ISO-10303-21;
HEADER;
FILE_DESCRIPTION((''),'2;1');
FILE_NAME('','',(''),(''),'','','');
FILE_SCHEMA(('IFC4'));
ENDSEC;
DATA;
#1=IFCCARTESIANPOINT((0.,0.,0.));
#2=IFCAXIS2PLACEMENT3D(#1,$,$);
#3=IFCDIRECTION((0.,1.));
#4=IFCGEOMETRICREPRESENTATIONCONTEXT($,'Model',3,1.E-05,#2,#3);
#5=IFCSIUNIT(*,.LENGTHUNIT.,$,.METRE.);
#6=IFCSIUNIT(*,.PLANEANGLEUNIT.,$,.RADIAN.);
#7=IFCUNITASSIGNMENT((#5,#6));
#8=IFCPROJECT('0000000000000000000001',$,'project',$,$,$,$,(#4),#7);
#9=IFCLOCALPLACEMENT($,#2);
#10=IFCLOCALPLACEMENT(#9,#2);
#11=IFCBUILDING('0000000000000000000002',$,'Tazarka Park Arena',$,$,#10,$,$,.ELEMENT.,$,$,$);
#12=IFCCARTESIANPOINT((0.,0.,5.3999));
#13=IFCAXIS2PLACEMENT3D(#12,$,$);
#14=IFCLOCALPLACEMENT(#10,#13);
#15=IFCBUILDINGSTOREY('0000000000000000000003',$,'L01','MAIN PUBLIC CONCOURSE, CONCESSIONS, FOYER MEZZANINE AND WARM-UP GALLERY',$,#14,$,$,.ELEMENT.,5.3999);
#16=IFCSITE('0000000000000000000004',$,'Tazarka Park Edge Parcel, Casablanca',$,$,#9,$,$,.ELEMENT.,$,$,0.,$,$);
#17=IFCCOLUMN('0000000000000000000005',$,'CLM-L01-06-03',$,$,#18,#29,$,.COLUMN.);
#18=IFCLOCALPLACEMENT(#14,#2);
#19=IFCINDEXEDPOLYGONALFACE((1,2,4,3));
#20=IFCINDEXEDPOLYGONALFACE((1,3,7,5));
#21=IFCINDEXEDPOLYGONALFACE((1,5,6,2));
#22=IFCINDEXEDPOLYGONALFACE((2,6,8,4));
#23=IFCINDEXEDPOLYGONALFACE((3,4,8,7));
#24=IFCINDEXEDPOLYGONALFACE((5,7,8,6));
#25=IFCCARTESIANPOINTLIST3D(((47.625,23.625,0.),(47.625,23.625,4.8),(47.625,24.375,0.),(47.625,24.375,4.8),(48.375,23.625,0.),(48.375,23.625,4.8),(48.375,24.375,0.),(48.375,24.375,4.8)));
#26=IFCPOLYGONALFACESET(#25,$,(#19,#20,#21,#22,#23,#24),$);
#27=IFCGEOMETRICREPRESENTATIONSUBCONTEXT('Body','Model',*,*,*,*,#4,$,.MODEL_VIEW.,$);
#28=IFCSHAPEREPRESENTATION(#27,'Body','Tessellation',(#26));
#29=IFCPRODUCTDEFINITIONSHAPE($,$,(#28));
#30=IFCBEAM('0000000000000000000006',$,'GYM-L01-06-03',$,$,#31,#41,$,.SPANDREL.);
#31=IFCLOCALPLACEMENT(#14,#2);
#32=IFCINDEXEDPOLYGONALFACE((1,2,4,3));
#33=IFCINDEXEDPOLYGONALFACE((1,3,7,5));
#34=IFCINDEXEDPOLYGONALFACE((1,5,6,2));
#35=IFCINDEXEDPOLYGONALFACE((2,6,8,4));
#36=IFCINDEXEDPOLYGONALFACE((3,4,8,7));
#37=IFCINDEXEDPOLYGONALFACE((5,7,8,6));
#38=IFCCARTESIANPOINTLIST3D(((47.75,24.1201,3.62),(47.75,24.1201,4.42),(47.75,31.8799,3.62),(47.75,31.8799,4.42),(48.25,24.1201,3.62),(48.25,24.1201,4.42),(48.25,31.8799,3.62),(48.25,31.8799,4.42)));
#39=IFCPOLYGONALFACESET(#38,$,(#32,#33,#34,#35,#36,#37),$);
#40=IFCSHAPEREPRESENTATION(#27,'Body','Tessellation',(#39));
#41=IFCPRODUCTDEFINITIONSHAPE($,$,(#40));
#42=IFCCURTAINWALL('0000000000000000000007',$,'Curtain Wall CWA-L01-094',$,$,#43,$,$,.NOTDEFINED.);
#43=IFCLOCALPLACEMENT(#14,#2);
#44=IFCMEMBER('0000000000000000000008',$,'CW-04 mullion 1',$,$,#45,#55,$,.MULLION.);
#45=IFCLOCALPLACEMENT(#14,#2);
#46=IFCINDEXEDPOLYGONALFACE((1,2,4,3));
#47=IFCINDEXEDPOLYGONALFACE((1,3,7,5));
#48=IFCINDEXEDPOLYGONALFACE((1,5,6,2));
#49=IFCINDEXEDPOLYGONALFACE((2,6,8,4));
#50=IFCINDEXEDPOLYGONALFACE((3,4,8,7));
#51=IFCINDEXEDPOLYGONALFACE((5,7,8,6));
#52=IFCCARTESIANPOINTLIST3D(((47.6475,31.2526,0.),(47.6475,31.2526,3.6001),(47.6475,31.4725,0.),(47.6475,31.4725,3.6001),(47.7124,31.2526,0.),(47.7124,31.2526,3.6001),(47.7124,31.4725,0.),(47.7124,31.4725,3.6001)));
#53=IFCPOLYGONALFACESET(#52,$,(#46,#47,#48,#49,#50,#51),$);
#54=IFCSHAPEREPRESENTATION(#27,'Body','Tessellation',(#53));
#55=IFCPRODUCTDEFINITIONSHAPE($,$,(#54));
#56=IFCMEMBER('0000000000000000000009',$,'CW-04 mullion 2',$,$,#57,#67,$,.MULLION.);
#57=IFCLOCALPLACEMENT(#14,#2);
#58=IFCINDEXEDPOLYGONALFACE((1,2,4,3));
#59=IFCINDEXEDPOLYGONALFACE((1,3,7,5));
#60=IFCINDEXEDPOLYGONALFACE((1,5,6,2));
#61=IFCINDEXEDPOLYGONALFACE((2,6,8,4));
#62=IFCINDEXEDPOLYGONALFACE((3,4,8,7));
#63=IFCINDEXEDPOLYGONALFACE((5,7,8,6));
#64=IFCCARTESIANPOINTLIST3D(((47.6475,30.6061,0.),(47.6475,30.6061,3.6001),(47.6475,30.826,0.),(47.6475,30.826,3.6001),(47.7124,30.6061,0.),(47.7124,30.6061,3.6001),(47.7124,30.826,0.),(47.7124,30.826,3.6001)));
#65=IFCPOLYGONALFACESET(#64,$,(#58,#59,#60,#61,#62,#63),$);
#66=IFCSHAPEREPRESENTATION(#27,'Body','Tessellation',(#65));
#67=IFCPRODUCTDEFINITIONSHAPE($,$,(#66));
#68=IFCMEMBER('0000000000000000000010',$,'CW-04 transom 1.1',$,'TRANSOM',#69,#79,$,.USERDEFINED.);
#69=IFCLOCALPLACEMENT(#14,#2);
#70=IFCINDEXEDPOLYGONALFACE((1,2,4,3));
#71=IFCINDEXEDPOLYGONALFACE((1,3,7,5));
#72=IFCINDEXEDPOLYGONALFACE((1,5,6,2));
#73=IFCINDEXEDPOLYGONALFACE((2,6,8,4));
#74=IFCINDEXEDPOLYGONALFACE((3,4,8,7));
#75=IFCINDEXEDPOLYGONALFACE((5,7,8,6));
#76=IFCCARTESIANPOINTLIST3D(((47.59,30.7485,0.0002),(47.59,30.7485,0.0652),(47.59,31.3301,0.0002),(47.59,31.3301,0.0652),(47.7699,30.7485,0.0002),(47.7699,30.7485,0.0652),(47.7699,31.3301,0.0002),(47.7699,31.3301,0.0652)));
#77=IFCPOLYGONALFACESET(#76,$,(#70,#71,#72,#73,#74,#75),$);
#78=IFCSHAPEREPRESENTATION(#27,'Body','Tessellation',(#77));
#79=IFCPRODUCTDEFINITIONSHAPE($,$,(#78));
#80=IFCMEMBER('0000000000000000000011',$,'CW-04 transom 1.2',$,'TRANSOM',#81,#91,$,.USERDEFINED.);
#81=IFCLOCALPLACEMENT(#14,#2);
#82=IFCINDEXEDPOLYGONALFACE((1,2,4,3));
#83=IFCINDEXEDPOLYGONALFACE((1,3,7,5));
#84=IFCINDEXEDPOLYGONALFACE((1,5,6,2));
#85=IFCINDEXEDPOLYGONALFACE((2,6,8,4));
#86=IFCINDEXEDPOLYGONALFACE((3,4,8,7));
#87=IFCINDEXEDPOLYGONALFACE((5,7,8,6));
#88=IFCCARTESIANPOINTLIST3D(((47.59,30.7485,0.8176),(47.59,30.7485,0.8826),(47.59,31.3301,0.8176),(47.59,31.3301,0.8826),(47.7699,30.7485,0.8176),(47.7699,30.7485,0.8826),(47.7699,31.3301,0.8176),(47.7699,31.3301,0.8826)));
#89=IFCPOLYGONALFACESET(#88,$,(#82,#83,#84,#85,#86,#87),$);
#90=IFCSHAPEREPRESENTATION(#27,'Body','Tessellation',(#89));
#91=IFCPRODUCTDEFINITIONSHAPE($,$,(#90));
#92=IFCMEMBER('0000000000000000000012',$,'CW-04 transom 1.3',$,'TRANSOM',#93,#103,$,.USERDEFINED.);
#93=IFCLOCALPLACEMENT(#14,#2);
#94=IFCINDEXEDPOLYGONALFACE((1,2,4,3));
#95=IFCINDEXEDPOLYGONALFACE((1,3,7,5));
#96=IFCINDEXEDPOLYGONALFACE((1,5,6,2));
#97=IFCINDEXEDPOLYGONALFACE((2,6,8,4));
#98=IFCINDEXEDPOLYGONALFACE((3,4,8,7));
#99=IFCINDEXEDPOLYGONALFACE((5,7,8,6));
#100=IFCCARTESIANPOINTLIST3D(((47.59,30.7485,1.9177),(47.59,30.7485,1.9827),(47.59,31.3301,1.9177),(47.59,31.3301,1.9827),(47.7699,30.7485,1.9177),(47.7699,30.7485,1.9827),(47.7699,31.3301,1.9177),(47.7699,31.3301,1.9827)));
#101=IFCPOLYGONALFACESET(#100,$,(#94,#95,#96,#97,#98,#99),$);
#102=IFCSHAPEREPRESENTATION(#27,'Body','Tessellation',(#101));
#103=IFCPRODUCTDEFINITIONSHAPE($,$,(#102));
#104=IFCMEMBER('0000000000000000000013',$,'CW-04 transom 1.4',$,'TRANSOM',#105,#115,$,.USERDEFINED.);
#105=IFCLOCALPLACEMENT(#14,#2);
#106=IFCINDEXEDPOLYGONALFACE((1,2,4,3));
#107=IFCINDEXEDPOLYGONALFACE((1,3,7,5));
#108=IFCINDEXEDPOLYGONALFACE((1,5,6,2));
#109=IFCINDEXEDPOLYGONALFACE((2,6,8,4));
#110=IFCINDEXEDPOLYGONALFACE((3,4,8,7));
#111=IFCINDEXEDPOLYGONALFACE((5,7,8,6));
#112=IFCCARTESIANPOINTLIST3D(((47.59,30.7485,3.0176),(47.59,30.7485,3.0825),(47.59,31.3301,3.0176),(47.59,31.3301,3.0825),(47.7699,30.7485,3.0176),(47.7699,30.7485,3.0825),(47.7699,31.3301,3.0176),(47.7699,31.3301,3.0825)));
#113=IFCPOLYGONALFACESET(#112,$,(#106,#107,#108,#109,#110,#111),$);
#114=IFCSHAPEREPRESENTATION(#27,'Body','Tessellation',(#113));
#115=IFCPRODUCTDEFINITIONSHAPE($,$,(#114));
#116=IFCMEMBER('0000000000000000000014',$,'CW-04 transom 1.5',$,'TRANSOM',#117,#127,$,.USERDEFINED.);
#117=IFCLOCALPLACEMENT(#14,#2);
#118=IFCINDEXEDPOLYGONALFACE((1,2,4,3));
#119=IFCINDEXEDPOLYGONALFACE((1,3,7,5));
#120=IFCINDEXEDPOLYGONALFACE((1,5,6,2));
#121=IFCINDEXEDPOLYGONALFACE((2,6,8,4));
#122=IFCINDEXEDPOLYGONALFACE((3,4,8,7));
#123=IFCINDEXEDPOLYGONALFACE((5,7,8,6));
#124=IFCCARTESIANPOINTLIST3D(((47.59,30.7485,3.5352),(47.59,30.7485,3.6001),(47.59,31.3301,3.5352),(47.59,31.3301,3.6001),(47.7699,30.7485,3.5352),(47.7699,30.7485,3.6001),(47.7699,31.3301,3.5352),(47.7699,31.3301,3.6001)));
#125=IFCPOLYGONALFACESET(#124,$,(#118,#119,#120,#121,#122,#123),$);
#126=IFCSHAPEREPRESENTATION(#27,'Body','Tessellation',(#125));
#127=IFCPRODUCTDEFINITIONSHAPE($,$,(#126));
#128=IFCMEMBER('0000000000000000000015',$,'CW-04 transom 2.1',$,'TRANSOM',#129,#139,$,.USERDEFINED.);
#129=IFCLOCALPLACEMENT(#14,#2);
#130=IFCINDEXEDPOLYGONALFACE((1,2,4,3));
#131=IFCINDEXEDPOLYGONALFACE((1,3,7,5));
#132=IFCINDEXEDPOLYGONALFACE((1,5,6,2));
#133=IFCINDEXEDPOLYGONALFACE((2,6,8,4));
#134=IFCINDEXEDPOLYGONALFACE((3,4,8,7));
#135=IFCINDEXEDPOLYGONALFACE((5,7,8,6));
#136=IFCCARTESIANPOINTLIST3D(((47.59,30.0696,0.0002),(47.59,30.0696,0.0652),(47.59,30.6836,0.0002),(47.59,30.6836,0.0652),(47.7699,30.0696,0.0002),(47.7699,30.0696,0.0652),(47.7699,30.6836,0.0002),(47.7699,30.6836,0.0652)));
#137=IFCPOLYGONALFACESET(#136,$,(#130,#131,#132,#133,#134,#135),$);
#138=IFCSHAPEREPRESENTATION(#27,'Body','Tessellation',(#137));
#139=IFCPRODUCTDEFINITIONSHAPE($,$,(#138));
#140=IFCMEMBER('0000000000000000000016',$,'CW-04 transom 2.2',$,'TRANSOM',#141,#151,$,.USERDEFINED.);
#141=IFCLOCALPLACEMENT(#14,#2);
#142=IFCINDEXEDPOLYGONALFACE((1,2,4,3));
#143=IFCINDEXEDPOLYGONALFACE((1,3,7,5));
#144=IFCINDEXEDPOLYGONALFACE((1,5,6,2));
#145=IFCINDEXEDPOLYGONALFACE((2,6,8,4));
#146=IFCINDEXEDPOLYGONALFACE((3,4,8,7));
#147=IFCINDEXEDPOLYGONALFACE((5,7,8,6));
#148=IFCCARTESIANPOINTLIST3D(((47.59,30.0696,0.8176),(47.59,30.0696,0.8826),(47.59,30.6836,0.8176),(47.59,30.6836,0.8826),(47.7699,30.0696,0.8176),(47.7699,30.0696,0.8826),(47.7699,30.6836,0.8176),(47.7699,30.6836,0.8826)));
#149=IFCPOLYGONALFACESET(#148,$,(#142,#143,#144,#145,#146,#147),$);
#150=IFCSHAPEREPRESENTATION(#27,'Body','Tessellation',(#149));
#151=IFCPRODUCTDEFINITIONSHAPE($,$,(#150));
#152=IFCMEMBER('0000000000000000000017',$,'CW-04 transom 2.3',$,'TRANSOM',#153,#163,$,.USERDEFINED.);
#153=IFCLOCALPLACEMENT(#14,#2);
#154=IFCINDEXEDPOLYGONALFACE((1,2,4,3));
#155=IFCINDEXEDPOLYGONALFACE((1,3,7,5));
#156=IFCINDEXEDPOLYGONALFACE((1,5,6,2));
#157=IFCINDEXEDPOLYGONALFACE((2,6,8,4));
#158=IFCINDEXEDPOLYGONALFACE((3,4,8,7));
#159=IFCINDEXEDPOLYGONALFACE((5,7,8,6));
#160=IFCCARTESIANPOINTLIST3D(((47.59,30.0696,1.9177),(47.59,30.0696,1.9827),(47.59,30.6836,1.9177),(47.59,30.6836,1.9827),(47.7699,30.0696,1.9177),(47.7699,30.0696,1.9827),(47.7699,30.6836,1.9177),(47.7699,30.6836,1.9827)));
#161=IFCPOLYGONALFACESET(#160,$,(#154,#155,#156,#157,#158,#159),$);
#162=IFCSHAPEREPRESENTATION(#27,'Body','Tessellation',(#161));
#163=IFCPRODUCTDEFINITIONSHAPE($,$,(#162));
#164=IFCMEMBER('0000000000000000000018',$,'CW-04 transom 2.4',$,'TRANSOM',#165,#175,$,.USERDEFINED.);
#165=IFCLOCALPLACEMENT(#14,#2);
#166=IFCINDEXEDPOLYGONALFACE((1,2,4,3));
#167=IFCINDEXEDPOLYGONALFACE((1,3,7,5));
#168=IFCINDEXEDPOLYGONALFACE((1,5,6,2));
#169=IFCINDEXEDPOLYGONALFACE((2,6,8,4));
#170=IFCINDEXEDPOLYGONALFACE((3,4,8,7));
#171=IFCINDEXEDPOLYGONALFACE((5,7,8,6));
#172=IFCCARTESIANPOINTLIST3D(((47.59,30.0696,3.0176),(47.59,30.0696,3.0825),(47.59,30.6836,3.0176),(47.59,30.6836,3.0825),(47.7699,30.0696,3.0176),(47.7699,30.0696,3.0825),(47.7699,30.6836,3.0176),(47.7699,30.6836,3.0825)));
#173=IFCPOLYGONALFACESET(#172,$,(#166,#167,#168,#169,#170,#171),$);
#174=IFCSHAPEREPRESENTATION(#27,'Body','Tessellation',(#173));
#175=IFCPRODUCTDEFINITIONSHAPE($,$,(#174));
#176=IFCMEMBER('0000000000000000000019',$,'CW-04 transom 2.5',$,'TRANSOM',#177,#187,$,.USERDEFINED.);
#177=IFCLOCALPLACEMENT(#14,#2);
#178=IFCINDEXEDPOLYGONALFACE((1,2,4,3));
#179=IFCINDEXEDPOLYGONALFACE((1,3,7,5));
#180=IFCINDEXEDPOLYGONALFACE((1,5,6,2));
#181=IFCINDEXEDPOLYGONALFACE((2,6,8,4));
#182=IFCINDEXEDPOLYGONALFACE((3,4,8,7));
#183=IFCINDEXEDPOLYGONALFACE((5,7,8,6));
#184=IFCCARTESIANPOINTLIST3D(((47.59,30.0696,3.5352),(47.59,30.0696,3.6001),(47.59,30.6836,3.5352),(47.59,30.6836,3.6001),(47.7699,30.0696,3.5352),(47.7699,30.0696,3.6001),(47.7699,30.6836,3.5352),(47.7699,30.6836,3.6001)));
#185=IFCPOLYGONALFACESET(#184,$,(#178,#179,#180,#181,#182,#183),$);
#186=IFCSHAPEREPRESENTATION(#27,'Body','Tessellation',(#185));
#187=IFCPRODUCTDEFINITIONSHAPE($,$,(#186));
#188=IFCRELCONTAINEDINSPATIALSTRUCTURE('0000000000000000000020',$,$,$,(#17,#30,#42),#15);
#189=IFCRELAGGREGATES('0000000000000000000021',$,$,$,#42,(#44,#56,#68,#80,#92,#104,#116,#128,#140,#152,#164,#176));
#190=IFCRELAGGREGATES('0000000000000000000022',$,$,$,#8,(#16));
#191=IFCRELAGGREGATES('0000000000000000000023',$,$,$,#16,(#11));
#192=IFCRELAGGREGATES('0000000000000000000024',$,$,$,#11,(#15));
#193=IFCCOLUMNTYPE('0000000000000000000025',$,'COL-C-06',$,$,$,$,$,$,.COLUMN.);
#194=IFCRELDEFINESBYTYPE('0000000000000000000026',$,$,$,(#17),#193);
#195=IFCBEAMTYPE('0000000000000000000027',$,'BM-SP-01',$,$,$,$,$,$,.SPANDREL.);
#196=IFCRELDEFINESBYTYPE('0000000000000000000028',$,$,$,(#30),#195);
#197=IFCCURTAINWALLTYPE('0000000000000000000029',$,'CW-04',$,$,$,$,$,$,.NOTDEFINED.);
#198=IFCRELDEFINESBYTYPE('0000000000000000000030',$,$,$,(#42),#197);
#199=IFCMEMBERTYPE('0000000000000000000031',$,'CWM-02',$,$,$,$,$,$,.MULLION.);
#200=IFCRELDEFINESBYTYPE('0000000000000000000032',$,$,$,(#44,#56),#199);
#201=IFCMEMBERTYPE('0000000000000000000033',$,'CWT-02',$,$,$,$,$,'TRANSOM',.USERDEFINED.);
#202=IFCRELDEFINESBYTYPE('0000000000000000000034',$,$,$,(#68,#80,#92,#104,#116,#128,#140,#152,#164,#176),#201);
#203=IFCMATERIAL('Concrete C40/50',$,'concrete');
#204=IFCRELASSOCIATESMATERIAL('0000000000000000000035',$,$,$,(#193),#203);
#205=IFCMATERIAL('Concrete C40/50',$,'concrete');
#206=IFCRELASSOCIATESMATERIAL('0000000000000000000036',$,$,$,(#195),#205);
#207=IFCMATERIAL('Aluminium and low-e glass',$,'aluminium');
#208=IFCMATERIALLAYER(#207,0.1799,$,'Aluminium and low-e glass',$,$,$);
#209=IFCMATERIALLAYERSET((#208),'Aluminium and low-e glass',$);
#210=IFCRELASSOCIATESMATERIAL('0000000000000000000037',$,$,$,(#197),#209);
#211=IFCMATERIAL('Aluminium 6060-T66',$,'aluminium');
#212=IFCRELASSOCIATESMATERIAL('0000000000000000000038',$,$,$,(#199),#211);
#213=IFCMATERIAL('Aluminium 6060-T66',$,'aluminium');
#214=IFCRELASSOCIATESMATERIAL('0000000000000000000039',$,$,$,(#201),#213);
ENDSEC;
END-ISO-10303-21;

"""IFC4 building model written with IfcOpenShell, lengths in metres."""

from ifc_helpers import new_model, si_unit, direction, frame, origin, origin_2d, place, context, subcontext, project, spatial, rectangle, extrude, material, layer, layer_set, material_profile, profile_set, type_object, element, aggregate, save


model = new_model("IFC4")

# Units and contexts
model_context = context("Model", 3, precision=1e-05, world=origin(), true_north=direction((0.0, 1.0)))
body_context = subcontext(model_context, "Body", "Model", "MODEL_VIEW")
ifc_project = project(units=[si_unit("LENGTHUNIT", "METRE"), si_unit("PLANEANGLEUNIT", "RADIAN")], contexts=[model_context])

# Site, building, storey
site_placement = place(None, origin())
site = spatial("IfcSite", under=ifc_project, at=site_placement, Name="Tazarka Park Edge Parcel, Casablanca", CompositionType="ELEMENT", RefElevation=0.0)
building_placement = place(site_placement, origin())
building = spatial("IfcBuilding", under=site, at=building_placement, Name="Tazarka Park Arena", CompositionType="ELEMENT")
storey_placement = place(building_placement, frame((0.0, 0.0, 5.3999)))
storey = spatial("IfcBuildingStorey", under=building, at=storey_placement, Name="L01", Description="MAIN PUBLIC CONCOURSE, CONCESSIONS, FOYER MEZZANINE AND WARM-UP GALLERY", CompositionType="ELEMENT", Elevation=5.3999)

# Column
ifc_material_1 = material(Name="Concrete C40/50", Category="concrete")
ifc_material_profile_1 = material_profile(ifc_material_1, rectangle(XDim=0.75, YDim=0.75, at=origin_2d()), Name="Concrete C40/50")
ifc_profile_set_1 = profile_set([ifc_material_profile_1], Name="Concrete C40/50")
column_type = type_object("IfcColumnType", Name="COL-C-06", PredefinedType="COLUMN", material=ifc_profile_set_1)
column_placement = place(storey_placement, frame((48.0, 24.0, 0.0), z_axis=(0.0, 0.0, 1.0), x_axis=(1.0, 0.0, 0.0)))
element("IfcColumn", 1, at=column_placement, inside=storey, type_object=column_type, Name="CLM-L01-06-03", PredefinedType="COLUMN", context=body_context, shape_type="SweptSolid", body=[
    extrude(rectangle(XDim=0.75, YDim=0.75, at=origin_2d()), origin(), (0.0, 0.0, 1.0), 4.8),
])

# Beam
ifc_material_2 = material(Name="Concrete C40/50", Category="concrete")
ifc_material_profile_2 = material_profile(ifc_material_2, rectangle(XDim=0.5, YDim=0.8, at=origin_2d()), Name="Concrete C40/50")
ifc_profile_set_2 = profile_set([ifc_material_profile_2], Name="Concrete C40/50")
beam_type = type_object("IfcBeamType", Name="BM-SP-01", PredefinedType="SPANDREL", material=ifc_profile_set_2)
beam_placement = place(storey_placement, frame((48.0, 24.1201, 4.02), z_axis=(0.0, 1.0, 0.0), x_axis=(-1.0, 0.0, 0.0)))
element("IfcBeam", 2, at=beam_placement, inside=storey, type_object=beam_type, Name="GYM-L01-06-03", PredefinedType="SPANDREL", context=body_context, shape_type="SweptSolid", body=[
    extrude(rectangle(XDim=0.5, YDim=0.8, at=origin_2d()), origin(), (0.0, 0.0, 1.0), 7.7598),
])

# Curtain wall, members
ifc_material_3 = material(Name="Aluminium and low-e glass", Category="aluminium")
ifc_layer_1 = layer(ifc_material_3, 0.1799, Name="Aluminium and low-e glass")
ifc_layer_set_1 = layer_set([ifc_layer_1], Name="Aluminium and low-e glass")
curtain_wall_type = type_object("IfcCurtainWallType", Name="CW-04", PredefinedType="NOTDEFINED", material=ifc_layer_set_1)
curtain_wall_placement = place(storey_placement, origin())
curtain_wall = element("IfcCurtainWall", 3, at=curtain_wall_placement, inside=storey, type_object=curtain_wall_type, Name="Curtain Wall CWA-L01-094", PredefinedType="NOTDEFINED")
ifc_material_4 = material(Name="Aluminium 6060-T66", Category="aluminium")
ifc_material_profile_3 = material_profile(ifc_material_4, rectangle(XDim=0.0649, YDim=0.22, at=origin_2d()), Name="Aluminium 6060-T66")
ifc_profile_set_3 = profile_set([ifc_material_profile_3], Name="Aluminium 6060-T66")
member_type_1 = type_object("IfcMemberType", Name="CWM-02", PredefinedType="MULLION", material=ifc_profile_set_3)
member_1_placement = place(storey_placement, frame((47.6799, 31.3625, 0.0), z_axis=(0.0, 0.0, 1.0), x_axis=(1.0, 0.0, 0.0)))
member_1 = element("IfcMember", 4, at=member_1_placement, type_object=member_type_1, Name="CW-04 mullion 1", PredefinedType="MULLION", context=body_context, shape_type="SweptSolid", body=[
    extrude(rectangle(XDim=0.0649, YDim=0.22, at=origin_2d()), origin(), (0.0, 0.0, 1.0), 3.6001),
])
member_2_placement = place(storey_placement, frame((47.6799, 30.7161, 0.0), z_axis=(0.0, 0.0, 1.0), x_axis=(1.0, 0.0, 0.0)))
member_2 = element("IfcMember", 5, at=member_2_placement, type_object=member_type_1, Name="CW-04 mullion 2", PredefinedType="MULLION", context=body_context, shape_type="SweptSolid", body=[
    extrude(rectangle(XDim=0.0649, YDim=0.22, at=origin_2d()), origin(), (0.0, 0.0, 1.0), 3.6001),
])
ifc_material_5 = material(Name="Aluminium 6060-T66", Category="aluminium")
ifc_material_profile_4 = material_profile(ifc_material_5, rectangle(XDim=0.1799, YDim=0.0649, at=origin_2d()), Name="Aluminium 6060-T66")
ifc_profile_set_4 = profile_set([ifc_material_profile_4], Name="Aluminium 6060-T66")
member_type_2 = type_object("IfcMemberType", Name="CWT-02", ElementType="TRANSOM", PredefinedType="USERDEFINED", material=ifc_profile_set_4)
member_3_placement = place(storey_placement, frame((47.6799, 31.3301, 0.0327), z_axis=(0.0, -1.0, 0.0), x_axis=(1.0, 0.0, 0.0)))
member_3 = element("IfcMember", 6, at=member_3_placement, type_object=member_type_2, Name="CW-04 transom 1.1", ObjectType="TRANSOM", PredefinedType="USERDEFINED", context=body_context, shape_type="SweptSolid", body=[
    extrude(rectangle(XDim=0.1799, YDim=0.0649, at=origin_2d()), origin(), (0.0, 0.0, 1.0), 0.5815),
])
member_4_placement = place(storey_placement, frame((47.6799, 31.3301, 0.8501), z_axis=(0.0, -1.0, 0.0), x_axis=(1.0, 0.0, 0.0)))
member_4 = element("IfcMember", 7, at=member_4_placement, type_object=member_type_2, Name="CW-04 transom 1.2", ObjectType="TRANSOM", PredefinedType="USERDEFINED", context=body_context, shape_type="SweptSolid", body=[
    extrude(rectangle(XDim=0.1799, YDim=0.0649, at=origin_2d()), origin(), (0.0, 0.0, 1.0), 0.5815),
])
member_5_placement = place(storey_placement, frame((47.6799, 31.3301, 1.9502), z_axis=(0.0, -1.0, 0.0), x_axis=(1.0, 0.0, 0.0)))
member_5 = element("IfcMember", 8, at=member_5_placement, type_object=member_type_2, Name="CW-04 transom 1.3", ObjectType="TRANSOM", PredefinedType="USERDEFINED", context=body_context, shape_type="SweptSolid", body=[
    extrude(rectangle(XDim=0.1799, YDim=0.0649, at=origin_2d()), origin(), (0.0, 0.0, 1.0), 0.5815),
])
member_6_placement = place(storey_placement, frame((47.6799, 31.3301, 3.05), z_axis=(0.0, -1.0, 0.0), x_axis=(1.0, 0.0, 0.0)))
member_6 = element("IfcMember", 9, at=member_6_placement, type_object=member_type_2, Name="CW-04 transom 1.4", ObjectType="TRANSOM", PredefinedType="USERDEFINED", context=body_context, shape_type="SweptSolid", body=[
    extrude(rectangle(XDim=0.1799, YDim=0.0649, at=origin_2d()), origin(), (0.0, 0.0, 1.0), 0.5815),
])
member_7_placement = place(storey_placement, frame((47.6799, 31.3301, 3.5676), z_axis=(0.0, -1.0, 0.0), x_axis=(1.0, 0.0, 0.0)))
member_7 = element("IfcMember", 10, at=member_7_placement, type_object=member_type_2, Name="CW-04 transom 1.5", ObjectType="TRANSOM", PredefinedType="USERDEFINED", context=body_context, shape_type="SweptSolid", body=[
    extrude(rectangle(XDim=0.1799, YDim=0.0649, at=origin_2d()), origin(), (0.0, 0.0, 1.0), 0.5815),
])
member_8_placement = place(storey_placement, frame((47.6799, 30.6836, 0.0327), z_axis=(0.0, -1.0, 0.0), x_axis=(1.0, 0.0, 0.0)))
member_8 = element("IfcMember", 11, at=member_8_placement, type_object=member_type_2, Name="CW-04 transom 2.1", ObjectType="TRANSOM", PredefinedType="USERDEFINED", context=body_context, shape_type="SweptSolid", body=[
    extrude(rectangle(XDim=0.1799, YDim=0.0649, at=origin_2d()), origin(), (0.0, 0.0, 1.0), 0.614),
])
member_9_placement = place(storey_placement, frame((47.6799, 30.6836, 0.8501), z_axis=(0.0, -1.0, 0.0), x_axis=(1.0, 0.0, 0.0)))
member_9 = element("IfcMember", 12, at=member_9_placement, type_object=member_type_2, Name="CW-04 transom 2.2", ObjectType="TRANSOM", PredefinedType="USERDEFINED", context=body_context, shape_type="SweptSolid", body=[
    extrude(rectangle(XDim=0.1799, YDim=0.0649, at=origin_2d()), origin(), (0.0, 0.0, 1.0), 0.614),
])
member_10_placement = place(storey_placement, frame((47.6799, 30.6836, 1.9502), z_axis=(0.0, -1.0, 0.0), x_axis=(1.0, 0.0, 0.0)))
member_10 = element("IfcMember", 13, at=member_10_placement, type_object=member_type_2, Name="CW-04 transom 2.3", ObjectType="TRANSOM", PredefinedType="USERDEFINED", context=body_context, shape_type="SweptSolid", body=[
    extrude(rectangle(XDim=0.1799, YDim=0.0649, at=origin_2d()), origin(), (0.0, 0.0, 1.0), 0.614),
])
member_11_placement = place(storey_placement, frame((47.6799, 30.6836, 3.05), z_axis=(0.0, -1.0, 0.0), x_axis=(1.0, 0.0, 0.0)))
member_11 = element("IfcMember", 14, at=member_11_placement, type_object=member_type_2, Name="CW-04 transom 2.4", ObjectType="TRANSOM", PredefinedType="USERDEFINED", context=body_context, shape_type="SweptSolid", body=[
    extrude(rectangle(XDim=0.1799, YDim=0.0649, at=origin_2d()), origin(), (0.0, 0.0, 1.0), 0.614),
])
member_12_placement = place(storey_placement, frame((47.6799, 30.6836, 3.5676), z_axis=(0.0, -1.0, 0.0), x_axis=(1.0, 0.0, 0.0)))
member_12 = element("IfcMember", 15, at=member_12_placement, type_object=member_type_2, Name="CW-04 transom 2.5", ObjectType="TRANSOM", PredefinedType="USERDEFINED", context=body_context, shape_type="SweptSolid", body=[
    extrude(rectangle(XDim=0.1799, YDim=0.0649, at=origin_2d()), origin(), (0.0, 0.0, 1.0), 0.614),
])
aggregate(curtain_wall, [member_1, member_2, member_3, member_4, member_5, member_6, member_7, member_8, member_9, member_10, member_11, member_12])

save(model, "model.ifc")
